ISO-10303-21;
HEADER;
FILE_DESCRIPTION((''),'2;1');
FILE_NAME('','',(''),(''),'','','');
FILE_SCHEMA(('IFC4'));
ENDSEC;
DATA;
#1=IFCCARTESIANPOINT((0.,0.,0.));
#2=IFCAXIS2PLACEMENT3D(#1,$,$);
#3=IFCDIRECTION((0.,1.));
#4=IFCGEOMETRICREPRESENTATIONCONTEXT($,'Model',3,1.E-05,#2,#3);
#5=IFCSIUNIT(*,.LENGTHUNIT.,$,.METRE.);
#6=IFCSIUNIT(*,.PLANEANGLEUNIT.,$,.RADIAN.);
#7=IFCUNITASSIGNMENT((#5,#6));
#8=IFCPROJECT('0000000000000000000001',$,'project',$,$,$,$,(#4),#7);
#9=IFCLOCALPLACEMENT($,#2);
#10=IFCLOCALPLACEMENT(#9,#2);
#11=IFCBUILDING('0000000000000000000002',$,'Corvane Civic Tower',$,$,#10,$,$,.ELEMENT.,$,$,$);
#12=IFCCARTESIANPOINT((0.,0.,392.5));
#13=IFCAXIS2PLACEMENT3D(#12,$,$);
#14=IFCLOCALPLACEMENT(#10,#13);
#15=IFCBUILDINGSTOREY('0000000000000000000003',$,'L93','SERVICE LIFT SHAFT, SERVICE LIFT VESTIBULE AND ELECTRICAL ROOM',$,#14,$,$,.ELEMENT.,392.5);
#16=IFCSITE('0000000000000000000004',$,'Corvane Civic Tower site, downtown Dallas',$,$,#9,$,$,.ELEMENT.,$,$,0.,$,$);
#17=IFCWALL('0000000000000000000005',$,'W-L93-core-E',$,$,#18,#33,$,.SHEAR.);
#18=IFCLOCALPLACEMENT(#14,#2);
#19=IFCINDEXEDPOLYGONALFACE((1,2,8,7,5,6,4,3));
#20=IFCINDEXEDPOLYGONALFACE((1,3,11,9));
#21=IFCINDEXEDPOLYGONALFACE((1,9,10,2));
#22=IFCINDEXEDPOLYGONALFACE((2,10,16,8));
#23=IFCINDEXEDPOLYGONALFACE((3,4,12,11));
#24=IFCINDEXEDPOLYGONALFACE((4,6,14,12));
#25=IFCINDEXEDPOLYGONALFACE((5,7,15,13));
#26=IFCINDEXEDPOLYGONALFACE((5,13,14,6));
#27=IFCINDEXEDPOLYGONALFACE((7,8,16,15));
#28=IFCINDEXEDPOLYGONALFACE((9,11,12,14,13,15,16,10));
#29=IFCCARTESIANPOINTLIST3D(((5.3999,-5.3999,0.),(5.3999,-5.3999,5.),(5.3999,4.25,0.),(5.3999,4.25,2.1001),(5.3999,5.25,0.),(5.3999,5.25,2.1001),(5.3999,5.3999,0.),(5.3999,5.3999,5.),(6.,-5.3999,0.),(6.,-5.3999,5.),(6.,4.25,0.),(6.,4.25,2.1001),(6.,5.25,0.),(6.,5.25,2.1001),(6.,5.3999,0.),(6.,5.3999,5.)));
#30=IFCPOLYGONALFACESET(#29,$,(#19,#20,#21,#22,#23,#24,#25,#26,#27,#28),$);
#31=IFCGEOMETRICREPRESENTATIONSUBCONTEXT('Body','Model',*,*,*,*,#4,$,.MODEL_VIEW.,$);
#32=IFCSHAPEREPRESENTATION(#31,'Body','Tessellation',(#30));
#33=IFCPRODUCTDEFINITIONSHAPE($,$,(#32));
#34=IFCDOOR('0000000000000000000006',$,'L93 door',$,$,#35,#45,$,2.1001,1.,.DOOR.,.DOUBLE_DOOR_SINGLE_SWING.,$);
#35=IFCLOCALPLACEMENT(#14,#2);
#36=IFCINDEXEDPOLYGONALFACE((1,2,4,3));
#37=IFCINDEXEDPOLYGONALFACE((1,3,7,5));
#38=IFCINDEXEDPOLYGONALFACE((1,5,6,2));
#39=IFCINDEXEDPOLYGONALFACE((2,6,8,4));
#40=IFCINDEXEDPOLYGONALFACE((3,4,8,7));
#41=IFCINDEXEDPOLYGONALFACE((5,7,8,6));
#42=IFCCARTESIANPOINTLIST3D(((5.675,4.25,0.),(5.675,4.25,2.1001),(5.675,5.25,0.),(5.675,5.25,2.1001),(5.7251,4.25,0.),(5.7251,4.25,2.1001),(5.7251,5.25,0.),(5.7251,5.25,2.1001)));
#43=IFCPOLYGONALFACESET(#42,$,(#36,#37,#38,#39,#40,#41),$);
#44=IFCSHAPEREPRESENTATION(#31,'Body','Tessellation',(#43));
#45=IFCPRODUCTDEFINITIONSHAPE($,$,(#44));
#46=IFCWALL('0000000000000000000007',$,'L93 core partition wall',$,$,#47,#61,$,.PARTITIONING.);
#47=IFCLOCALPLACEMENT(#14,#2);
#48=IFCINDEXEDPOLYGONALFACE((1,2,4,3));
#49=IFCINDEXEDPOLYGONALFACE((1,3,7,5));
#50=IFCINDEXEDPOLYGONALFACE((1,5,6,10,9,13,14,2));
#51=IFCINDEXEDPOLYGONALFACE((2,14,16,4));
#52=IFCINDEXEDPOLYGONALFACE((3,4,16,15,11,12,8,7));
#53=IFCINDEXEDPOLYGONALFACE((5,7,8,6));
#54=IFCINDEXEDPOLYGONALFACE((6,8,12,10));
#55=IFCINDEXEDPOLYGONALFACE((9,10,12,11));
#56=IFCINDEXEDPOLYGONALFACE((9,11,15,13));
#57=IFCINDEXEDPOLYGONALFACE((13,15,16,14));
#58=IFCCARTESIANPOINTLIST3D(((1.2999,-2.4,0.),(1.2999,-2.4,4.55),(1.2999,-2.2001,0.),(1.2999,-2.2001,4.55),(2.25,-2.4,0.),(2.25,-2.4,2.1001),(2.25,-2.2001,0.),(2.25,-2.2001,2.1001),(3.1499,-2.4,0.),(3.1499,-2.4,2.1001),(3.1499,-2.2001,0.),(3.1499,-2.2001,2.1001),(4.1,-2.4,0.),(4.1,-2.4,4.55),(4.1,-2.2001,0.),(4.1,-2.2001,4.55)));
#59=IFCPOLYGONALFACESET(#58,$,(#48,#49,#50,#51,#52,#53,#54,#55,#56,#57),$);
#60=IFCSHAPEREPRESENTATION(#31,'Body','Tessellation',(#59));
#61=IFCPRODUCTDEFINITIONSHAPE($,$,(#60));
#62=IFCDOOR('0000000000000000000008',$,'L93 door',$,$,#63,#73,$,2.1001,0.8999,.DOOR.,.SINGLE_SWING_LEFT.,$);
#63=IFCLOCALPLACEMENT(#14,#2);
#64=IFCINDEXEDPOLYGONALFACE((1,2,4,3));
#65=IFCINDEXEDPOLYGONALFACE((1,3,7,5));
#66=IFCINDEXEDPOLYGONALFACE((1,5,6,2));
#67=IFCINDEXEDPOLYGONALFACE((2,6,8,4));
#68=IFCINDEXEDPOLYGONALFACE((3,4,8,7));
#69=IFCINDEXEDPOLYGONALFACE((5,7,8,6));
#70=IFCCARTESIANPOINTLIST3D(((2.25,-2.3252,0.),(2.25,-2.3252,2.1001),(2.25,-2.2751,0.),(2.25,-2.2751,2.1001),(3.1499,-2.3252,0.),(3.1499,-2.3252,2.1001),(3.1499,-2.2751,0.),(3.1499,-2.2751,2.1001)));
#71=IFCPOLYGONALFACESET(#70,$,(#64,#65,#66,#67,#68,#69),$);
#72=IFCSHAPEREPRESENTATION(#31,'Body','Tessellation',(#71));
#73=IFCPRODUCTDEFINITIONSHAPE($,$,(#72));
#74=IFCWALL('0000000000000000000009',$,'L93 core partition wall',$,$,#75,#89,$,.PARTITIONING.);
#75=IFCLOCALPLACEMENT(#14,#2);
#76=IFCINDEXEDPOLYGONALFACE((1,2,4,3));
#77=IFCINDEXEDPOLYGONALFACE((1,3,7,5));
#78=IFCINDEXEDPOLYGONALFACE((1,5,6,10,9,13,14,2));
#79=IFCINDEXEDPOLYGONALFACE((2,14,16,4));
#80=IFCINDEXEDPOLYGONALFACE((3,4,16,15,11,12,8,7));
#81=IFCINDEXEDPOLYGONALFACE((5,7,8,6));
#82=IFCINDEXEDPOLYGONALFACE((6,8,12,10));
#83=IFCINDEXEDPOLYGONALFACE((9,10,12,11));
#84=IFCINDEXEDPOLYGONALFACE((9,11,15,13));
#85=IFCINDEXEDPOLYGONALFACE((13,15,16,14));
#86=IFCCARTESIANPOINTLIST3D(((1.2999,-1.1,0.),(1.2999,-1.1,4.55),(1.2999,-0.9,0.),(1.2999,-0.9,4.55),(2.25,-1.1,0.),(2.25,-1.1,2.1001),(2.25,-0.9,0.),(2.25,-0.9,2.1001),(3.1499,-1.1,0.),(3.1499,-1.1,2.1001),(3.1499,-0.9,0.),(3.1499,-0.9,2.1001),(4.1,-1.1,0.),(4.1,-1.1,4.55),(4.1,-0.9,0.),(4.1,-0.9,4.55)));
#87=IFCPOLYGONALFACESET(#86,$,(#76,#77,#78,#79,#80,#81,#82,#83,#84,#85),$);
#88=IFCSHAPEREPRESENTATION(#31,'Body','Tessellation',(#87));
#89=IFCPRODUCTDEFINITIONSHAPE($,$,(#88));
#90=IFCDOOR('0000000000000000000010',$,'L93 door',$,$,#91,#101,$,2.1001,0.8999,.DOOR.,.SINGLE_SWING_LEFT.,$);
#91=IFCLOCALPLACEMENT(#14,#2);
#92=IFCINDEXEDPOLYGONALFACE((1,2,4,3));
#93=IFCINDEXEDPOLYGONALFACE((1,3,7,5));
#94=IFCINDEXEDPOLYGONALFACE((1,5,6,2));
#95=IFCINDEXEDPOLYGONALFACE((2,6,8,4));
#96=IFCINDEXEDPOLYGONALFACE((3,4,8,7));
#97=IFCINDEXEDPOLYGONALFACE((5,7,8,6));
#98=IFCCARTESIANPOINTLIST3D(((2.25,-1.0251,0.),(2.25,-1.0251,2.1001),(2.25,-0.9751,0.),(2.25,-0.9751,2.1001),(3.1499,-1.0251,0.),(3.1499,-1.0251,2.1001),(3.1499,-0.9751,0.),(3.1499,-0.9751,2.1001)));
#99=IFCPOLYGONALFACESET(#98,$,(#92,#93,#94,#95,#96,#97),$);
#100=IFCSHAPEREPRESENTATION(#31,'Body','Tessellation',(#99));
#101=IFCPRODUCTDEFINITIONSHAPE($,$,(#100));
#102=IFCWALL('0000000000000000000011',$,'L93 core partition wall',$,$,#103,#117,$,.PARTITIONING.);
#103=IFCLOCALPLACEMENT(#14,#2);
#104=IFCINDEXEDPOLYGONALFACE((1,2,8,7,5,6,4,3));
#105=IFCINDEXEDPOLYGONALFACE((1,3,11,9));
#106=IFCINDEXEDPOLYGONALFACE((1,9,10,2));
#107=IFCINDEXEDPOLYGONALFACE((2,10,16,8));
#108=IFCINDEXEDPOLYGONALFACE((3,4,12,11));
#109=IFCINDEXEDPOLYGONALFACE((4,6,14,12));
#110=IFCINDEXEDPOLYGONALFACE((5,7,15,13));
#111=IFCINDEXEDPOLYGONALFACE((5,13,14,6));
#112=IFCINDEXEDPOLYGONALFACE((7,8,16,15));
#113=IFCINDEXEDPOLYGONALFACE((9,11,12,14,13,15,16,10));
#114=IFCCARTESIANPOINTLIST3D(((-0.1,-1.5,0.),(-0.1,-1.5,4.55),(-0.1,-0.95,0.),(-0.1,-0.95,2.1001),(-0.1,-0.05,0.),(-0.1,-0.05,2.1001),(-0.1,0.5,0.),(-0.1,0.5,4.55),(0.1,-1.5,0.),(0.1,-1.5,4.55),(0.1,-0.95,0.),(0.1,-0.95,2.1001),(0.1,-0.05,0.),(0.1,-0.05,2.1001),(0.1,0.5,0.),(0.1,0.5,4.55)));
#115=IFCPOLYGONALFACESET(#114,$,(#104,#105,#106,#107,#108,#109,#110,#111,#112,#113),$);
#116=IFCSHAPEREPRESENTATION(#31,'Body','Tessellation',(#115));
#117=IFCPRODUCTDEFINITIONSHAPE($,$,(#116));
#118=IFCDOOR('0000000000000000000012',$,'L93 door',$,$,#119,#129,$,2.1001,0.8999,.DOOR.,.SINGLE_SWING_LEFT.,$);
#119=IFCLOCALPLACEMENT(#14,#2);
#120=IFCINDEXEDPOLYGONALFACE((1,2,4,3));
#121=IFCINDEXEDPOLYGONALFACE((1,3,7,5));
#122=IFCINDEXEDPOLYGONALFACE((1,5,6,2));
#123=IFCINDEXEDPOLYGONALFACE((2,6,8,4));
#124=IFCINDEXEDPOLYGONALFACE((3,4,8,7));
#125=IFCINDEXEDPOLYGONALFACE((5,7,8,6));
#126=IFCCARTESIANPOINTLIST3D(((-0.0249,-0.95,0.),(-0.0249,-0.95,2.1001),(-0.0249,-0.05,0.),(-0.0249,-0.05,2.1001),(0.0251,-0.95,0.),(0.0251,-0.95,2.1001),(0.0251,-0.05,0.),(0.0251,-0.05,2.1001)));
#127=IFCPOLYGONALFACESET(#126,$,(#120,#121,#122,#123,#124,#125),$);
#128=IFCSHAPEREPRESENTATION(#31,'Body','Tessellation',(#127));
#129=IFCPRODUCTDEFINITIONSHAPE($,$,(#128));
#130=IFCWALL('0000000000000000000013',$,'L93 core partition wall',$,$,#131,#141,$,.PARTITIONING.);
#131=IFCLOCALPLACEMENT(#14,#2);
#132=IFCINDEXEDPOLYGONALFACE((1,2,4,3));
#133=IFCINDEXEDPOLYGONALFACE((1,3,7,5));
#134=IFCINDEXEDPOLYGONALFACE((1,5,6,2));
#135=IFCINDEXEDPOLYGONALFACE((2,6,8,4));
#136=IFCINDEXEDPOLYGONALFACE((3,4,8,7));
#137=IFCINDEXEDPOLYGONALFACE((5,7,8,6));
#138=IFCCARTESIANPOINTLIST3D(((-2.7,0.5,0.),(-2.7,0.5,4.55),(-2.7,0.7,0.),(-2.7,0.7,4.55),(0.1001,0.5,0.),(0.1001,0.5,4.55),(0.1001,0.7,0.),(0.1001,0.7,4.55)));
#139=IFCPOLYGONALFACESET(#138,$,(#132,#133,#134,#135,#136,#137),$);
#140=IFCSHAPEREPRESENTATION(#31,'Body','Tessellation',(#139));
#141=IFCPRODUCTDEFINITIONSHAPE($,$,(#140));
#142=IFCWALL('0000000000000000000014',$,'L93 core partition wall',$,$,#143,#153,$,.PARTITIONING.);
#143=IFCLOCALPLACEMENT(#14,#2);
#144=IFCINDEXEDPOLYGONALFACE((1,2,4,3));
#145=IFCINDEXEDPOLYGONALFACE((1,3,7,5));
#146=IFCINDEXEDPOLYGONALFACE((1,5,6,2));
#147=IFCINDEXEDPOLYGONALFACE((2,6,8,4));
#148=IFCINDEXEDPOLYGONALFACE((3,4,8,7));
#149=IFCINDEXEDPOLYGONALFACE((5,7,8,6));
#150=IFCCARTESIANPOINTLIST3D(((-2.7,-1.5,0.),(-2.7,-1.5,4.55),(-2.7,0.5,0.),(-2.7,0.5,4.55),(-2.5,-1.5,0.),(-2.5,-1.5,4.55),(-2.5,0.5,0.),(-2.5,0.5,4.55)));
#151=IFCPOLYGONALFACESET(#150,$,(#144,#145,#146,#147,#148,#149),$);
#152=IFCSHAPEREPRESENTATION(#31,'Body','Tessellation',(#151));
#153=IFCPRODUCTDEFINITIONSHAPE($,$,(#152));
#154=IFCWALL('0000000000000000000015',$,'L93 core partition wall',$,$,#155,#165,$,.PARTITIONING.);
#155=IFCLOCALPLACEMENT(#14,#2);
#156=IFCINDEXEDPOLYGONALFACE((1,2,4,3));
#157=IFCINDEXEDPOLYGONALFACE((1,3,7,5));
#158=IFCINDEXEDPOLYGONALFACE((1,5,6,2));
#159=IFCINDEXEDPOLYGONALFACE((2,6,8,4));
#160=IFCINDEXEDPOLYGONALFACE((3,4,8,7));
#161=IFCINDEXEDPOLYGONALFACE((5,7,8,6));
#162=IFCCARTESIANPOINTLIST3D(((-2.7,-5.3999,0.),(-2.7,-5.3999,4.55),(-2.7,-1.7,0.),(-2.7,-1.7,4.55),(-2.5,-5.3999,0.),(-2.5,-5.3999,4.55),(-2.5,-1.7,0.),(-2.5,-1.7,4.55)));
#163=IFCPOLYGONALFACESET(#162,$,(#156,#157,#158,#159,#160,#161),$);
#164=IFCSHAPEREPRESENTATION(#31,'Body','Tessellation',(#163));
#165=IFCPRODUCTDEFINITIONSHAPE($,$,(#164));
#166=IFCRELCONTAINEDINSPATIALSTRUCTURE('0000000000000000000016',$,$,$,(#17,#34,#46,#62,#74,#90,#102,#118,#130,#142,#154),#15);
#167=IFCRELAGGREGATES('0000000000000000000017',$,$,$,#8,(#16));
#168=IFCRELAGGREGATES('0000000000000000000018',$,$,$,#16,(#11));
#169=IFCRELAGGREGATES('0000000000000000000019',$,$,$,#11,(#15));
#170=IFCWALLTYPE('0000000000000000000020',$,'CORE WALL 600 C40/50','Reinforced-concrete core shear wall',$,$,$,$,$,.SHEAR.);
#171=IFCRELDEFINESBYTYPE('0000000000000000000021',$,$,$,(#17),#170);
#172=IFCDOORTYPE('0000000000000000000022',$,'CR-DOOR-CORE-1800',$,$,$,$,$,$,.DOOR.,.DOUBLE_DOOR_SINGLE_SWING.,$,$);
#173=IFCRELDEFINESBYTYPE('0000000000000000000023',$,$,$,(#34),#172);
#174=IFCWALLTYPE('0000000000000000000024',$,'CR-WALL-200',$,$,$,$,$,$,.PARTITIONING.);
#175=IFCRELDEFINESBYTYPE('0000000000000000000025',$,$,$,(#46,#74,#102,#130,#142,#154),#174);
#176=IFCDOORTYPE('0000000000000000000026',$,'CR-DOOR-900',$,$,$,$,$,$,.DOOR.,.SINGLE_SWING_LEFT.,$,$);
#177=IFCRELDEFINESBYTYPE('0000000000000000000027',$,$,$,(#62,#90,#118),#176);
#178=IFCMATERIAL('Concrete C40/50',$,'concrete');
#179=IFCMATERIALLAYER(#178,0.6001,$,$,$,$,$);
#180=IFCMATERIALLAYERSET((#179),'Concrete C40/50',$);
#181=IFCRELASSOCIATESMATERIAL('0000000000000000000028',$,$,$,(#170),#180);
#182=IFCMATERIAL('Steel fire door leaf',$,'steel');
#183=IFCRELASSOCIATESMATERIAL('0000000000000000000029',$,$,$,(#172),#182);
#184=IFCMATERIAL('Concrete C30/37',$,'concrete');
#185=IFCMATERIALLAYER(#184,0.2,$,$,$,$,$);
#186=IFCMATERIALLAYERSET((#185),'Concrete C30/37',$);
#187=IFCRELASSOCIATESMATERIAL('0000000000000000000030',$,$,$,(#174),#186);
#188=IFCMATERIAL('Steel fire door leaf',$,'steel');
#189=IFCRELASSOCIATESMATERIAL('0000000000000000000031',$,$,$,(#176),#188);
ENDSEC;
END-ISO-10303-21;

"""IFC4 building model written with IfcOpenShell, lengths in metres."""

from ifc_helpers import new_model, si_unit, direction, frame, frame_2d, origin, place, context, subcontext, project, spatial, polyline, rectangle, outline, extrude, material, layer, layer_set, type_object, element, fill, save


model = new_model("IFC4")

# Units and contexts
model_context = context("Model", 3, precision=1e-05, world=origin(), true_north=direction((0.0, 1.0)))
body_context = subcontext(model_context, "Body", "Model", "MODEL_VIEW")
ifc_project = project(units=[si_unit("LENGTHUNIT", "METRE"), si_unit("PLANEANGLEUNIT", "RADIAN")], contexts=[model_context])

# Site, building, storey
site_placement = place(None, origin())
site = spatial("IfcSite", under=ifc_project, at=site_placement, Name="Corvane Civic Tower site, downtown Dallas", CompositionType="ELEMENT", RefElevation=0.0)
building_placement = place(site_placement, origin())
building = spatial("IfcBuilding", under=site, at=building_placement, Name="Corvane Civic Tower", CompositionType="ELEMENT")
storey_placement = place(building_placement, frame((0.0, 0.0, 392.5)))
storey = spatial("IfcBuildingStorey", under=building, at=storey_placement, Name="L93", Description="SERVICE LIFT SHAFT, SERVICE LIFT VESTIBULE AND ELECTRICAL ROOM", CompositionType="ELEMENT", Elevation=392.5)

# Walls, openings, doors
ifc_material_1 = material(Name="Concrete C40/50", Category="concrete")
ifc_layer_1 = layer(ifc_material_1, 0.6001)
ifc_layer_set_1 = layer_set([ifc_layer_1], Name="Concrete C40/50")
wall_type_1 = type_object("IfcWallType", Name="CORE WALL 600 C40/50", Description="Reinforced-concrete core shear wall", PredefinedType="SHEAR", material=ifc_layer_set_1)
wall_1_placement = place(storey_placement, frame((5.7, -5.3999, 0.0), z_axis=(0.0, 0.0, 1.0), x_axis=(0.0, 1.0, 0.0)))
wall_1 = element("IfcWall", 1, at=wall_1_placement, inside=storey, type_object=wall_type_1, Name="W-L93-core-E", PredefinedType="SHEAR", context=body_context, shape_type="SweptSolid", body=[
    extrude(rectangle(XDim=10.7998, YDim=0.6001, at=frame_2d((5.3999, 0.0))), origin(), (0.0, 0.0, 1.0), 5.0),
])
opening_1_placement = place(wall_1_placement, frame((9.6499, 0.0, 0.0)))
opening_1 = element("IfcOpeningElement", 2, at=opening_1_placement, cuts=wall_1, PredefinedType="OPENING", context=body_context, shape_type="SweptSolid", body=[
    extrude(rectangle(XDim=1.0, YDim=2.1001, at=frame_2d((0.5, 1.05))), frame((0.0, 0.3101, 0.0), z_axis=(0.0, -1.0, 0.0), x_axis=(1.0, 0.0, 0.0)), (0.0, 0.0, 1.0), 0.6201),
])
ifc_material_2 = material(Name="Steel fire door leaf", Category="steel")
door_type_1 = type_object("IfcDoorType", Name="CR-DOOR-CORE-1800", OperationType="DOUBLE_DOOR_SINGLE_SWING", PredefinedType="DOOR", material=ifc_material_2)
door_1_placement = place(opening_1_placement, origin())
door_1 = element("IfcDoor", 3, at=door_1_placement, inside=storey, type_object=door_type_1, Name="L93 door", OperationType="DOUBLE_DOOR_SINGLE_SWING", OverallHeight=2.1001, OverallWidth=1.0, PredefinedType="DOOR", context=body_context, shape_type="SweptSolid", body=[
    extrude(rectangle(XDim=1.0, YDim=2.1001, at=frame_2d((0.5, 1.05))), frame((0.0, 0.0249, 0.0), z_axis=(0.0, -1.0, 0.0), x_axis=(1.0, 0.0, 0.0)), (0.0, 0.0, 1.0), 0.05),
])
fill(opening_1, door_1)
ifc_material_3 = material(Name="Concrete C30/37", Category="concrete")
ifc_layer_2 = layer(ifc_material_3, 0.2)
ifc_layer_set_2 = layer_set([ifc_layer_2], Name="Concrete C30/37")
wall_type_2 = type_object("IfcWallType", Name="CR-WALL-200", PredefinedType="PARTITIONING", material=ifc_layer_set_2)
wall_2_placement = place(storey_placement, frame((1.3, -2.3, 0.0), z_axis=(0.0, 0.0, 1.0), x_axis=(1.0, 0.0, 0.0)))
wall_2 = element("IfcWall", 4, at=wall_2_placement, inside=storey, type_object=wall_type_2, Name="L93 core partition wall", PredefinedType="PARTITIONING", context=body_context, shape_type="SweptSolid", body=[
    extrude(rectangle(XDim=2.8, YDim=0.2, at=frame_2d((1.3999, 0.0))), origin(), (0.0, 0.0, 1.0), 4.55),
])
opening_2_placement = place(wall_2_placement, frame((0.95, 0.0, 0.0)))
opening_2 = element("IfcOpeningElement", 5, at=opening_2_placement, cuts=wall_2, PredefinedType="OPENING", context=body_context, shape_type="SweptSolid", body=[
    extrude(rectangle(XDim=0.8999, YDim=2.1001, at=frame_2d((0.45, 1.05))), frame((0.0, 0.1099, 0.0), z_axis=(0.0, -1.0, 0.0), x_axis=(1.0, 0.0, 0.0)), (0.0, 0.0, 1.0), 0.22),
])
ifc_material_4 = material(Name="Steel fire door leaf", Category="steel")
door_type_2 = type_object("IfcDoorType", Name="CR-DOOR-900", OperationType="SINGLE_SWING_LEFT", PredefinedType="DOOR", material=ifc_material_4)
door_2_placement = place(opening_2_placement, origin())
door_2 = element("IfcDoor", 6, at=door_2_placement, inside=storey, type_object=door_type_2, Name="L93 door", OperationType="SINGLE_SWING_LEFT", OverallHeight=2.1001, OverallWidth=0.8999, PredefinedType="DOOR", context=body_context, shape_type="SweptSolid", body=[
    extrude(rectangle(XDim=0.8999, YDim=2.1001, at=frame_2d((0.45, 1.05))), frame((0.0, 0.0249, 0.0), z_axis=(0.0, -1.0, 0.0), x_axis=(1.0, 0.0, 0.0)), (0.0, 0.0, 1.0), 0.05),
])
fill(opening_2, door_2)
wall_3_placement = place(storey_placement, frame((1.3, -1.0, 0.0), z_axis=(0.0, 0.0, 1.0), x_axis=(1.0, 0.0, 0.0)))
wall_3 = element("IfcWall", 7, at=wall_3_placement, inside=storey, type_object=wall_type_2, Name="L93 core partition wall", PredefinedType="PARTITIONING", context=body_context, shape_type="SweptSolid", body=[
    extrude(rectangle(XDim=2.8, YDim=0.2, at=frame_2d((1.3999, 0.0))), origin(), (0.0, 0.0, 1.0), 4.55),
])
opening_3_placement = place(wall_3_placement, frame((0.95, 0.0, 0.0)))
opening_3 = element("IfcOpeningElement", 8, at=opening_3_placement, cuts=wall_3, PredefinedType="OPENING", context=body_context, shape_type="SweptSolid", body=[
    extrude(rectangle(XDim=0.8999, YDim=2.1001, at=frame_2d((0.45, 1.05))), frame((0.0, 0.1099, 0.0), z_axis=(0.0, -1.0, 0.0), x_axis=(1.0, 0.0, 0.0)), (0.0, 0.0, 1.0), 0.22),
])
door_3_placement = place(opening_3_placement, origin())
door_3 = element("IfcDoor", 9, at=door_3_placement, inside=storey, type_object=door_type_2, Name="L93 door", OperationType="SINGLE_SWING_LEFT", OverallHeight=2.1001, OverallWidth=0.8999, PredefinedType="DOOR", context=body_context, shape_type="SweptSolid", body=[
    extrude(rectangle(XDim=0.8999, YDim=2.1001, at=frame_2d((0.45, 1.05))), frame((0.0, 0.0249, 0.0), z_axis=(0.0, -1.0, 0.0), x_axis=(1.0, 0.0, 0.0)), (0.0, 0.0, 1.0), 0.05),
])
fill(opening_3, door_3)
wall_4_placement = place(storey_placement, frame((0.0, -1.5, 0.0), z_axis=(0.0, 0.0, 1.0), x_axis=(0.0, 1.0, 0.0)))
wall_4 = element("IfcWall", 10, at=wall_4_placement, inside=storey, type_object=wall_type_2, Name="L93 core partition wall", PredefinedType="PARTITIONING", context=body_context, shape_type="SweptSolid", body=[
    extrude(rectangle(XDim=2.0, YDim=0.2, at=frame_2d((1.0, 0.0))), origin(), (0.0, 0.0, 1.0), 4.55),
])
opening_4_placement = place(wall_4_placement, frame((0.55, 0.0, 0.0)))
opening_4 = element("IfcOpeningElement", 11, at=opening_4_placement, cuts=wall_4, PredefinedType="OPENING", context=body_context, shape_type="SweptSolid", body=[
    extrude(rectangle(XDim=0.8999, YDim=2.1001, at=frame_2d((0.45, 1.05))), frame((0.0, 0.1099, 0.0), z_axis=(0.0, -1.0, 0.0), x_axis=(1.0, 0.0, 0.0)), (0.0, 0.0, 1.0), 0.22),
])
door_4_placement = place(opening_4_placement, origin())
door_4 = element("IfcDoor", 12, at=door_4_placement, inside=storey, type_object=door_type_2, Name="L93 door", OperationType="SINGLE_SWING_LEFT", OverallHeight=2.1001, OverallWidth=0.8999, PredefinedType="DOOR", context=body_context, shape_type="SweptSolid", body=[
    extrude(rectangle(XDim=0.8999, YDim=2.1001, at=frame_2d((0.45, 1.05))), frame((0.0, 0.0249, 0.0), z_axis=(0.0, -1.0, 0.0), x_axis=(1.0, 0.0, 0.0)), (0.0, 0.0, 1.0), 0.05),
])
fill(opening_4, door_4)

# Walls
wall_5_placement = place(storey_placement, origin())
element("IfcWall", 13, at=wall_5_placement, inside=storey, type_object=wall_type_2, Name="L93 core partition wall", PredefinedType="PARTITIONING", context=body_context, shape_type="SweptSolid", body=[
    extrude(outline(polyline([(0.1001, 0.7), (0.1001, 0.5), (-2.7, 0.5), (-2.7, 0.7), (0.1001, 0.7)])), origin(), (0.0, 0.0, 1.0), 4.55),
])
wall_6_placement = place(storey_placement, origin())
element("IfcWall", 14, at=wall_6_placement, inside=storey, type_object=wall_type_2, Name="L93 core partition wall", PredefinedType="PARTITIONING", context=body_context, shape_type="SweptSolid", body=[
    extrude(outline(polyline([(-2.5, -1.5), (-2.7, -1.5), (-2.7, 0.5), (-2.5, 0.5), (-2.5, -1.5)])), origin(), (0.0, 0.0, 1.0), 4.55),
])
wall_7_placement = place(storey_placement, origin())
element("IfcWall", 15, at=wall_7_placement, inside=storey, type_object=wall_type_2, Name="L93 core partition wall", PredefinedType="PARTITIONING", context=body_context, shape_type="SweptSolid", body=[
    extrude(outline(polyline([(-2.7, -5.3999), (-2.7, -1.7), (-2.5, -1.7), (-2.5, -5.3999), (-2.7, -5.3999)])), origin(), (0.0, 0.0, 1.0), 4.55),
])

save(model, "model.ifc")
